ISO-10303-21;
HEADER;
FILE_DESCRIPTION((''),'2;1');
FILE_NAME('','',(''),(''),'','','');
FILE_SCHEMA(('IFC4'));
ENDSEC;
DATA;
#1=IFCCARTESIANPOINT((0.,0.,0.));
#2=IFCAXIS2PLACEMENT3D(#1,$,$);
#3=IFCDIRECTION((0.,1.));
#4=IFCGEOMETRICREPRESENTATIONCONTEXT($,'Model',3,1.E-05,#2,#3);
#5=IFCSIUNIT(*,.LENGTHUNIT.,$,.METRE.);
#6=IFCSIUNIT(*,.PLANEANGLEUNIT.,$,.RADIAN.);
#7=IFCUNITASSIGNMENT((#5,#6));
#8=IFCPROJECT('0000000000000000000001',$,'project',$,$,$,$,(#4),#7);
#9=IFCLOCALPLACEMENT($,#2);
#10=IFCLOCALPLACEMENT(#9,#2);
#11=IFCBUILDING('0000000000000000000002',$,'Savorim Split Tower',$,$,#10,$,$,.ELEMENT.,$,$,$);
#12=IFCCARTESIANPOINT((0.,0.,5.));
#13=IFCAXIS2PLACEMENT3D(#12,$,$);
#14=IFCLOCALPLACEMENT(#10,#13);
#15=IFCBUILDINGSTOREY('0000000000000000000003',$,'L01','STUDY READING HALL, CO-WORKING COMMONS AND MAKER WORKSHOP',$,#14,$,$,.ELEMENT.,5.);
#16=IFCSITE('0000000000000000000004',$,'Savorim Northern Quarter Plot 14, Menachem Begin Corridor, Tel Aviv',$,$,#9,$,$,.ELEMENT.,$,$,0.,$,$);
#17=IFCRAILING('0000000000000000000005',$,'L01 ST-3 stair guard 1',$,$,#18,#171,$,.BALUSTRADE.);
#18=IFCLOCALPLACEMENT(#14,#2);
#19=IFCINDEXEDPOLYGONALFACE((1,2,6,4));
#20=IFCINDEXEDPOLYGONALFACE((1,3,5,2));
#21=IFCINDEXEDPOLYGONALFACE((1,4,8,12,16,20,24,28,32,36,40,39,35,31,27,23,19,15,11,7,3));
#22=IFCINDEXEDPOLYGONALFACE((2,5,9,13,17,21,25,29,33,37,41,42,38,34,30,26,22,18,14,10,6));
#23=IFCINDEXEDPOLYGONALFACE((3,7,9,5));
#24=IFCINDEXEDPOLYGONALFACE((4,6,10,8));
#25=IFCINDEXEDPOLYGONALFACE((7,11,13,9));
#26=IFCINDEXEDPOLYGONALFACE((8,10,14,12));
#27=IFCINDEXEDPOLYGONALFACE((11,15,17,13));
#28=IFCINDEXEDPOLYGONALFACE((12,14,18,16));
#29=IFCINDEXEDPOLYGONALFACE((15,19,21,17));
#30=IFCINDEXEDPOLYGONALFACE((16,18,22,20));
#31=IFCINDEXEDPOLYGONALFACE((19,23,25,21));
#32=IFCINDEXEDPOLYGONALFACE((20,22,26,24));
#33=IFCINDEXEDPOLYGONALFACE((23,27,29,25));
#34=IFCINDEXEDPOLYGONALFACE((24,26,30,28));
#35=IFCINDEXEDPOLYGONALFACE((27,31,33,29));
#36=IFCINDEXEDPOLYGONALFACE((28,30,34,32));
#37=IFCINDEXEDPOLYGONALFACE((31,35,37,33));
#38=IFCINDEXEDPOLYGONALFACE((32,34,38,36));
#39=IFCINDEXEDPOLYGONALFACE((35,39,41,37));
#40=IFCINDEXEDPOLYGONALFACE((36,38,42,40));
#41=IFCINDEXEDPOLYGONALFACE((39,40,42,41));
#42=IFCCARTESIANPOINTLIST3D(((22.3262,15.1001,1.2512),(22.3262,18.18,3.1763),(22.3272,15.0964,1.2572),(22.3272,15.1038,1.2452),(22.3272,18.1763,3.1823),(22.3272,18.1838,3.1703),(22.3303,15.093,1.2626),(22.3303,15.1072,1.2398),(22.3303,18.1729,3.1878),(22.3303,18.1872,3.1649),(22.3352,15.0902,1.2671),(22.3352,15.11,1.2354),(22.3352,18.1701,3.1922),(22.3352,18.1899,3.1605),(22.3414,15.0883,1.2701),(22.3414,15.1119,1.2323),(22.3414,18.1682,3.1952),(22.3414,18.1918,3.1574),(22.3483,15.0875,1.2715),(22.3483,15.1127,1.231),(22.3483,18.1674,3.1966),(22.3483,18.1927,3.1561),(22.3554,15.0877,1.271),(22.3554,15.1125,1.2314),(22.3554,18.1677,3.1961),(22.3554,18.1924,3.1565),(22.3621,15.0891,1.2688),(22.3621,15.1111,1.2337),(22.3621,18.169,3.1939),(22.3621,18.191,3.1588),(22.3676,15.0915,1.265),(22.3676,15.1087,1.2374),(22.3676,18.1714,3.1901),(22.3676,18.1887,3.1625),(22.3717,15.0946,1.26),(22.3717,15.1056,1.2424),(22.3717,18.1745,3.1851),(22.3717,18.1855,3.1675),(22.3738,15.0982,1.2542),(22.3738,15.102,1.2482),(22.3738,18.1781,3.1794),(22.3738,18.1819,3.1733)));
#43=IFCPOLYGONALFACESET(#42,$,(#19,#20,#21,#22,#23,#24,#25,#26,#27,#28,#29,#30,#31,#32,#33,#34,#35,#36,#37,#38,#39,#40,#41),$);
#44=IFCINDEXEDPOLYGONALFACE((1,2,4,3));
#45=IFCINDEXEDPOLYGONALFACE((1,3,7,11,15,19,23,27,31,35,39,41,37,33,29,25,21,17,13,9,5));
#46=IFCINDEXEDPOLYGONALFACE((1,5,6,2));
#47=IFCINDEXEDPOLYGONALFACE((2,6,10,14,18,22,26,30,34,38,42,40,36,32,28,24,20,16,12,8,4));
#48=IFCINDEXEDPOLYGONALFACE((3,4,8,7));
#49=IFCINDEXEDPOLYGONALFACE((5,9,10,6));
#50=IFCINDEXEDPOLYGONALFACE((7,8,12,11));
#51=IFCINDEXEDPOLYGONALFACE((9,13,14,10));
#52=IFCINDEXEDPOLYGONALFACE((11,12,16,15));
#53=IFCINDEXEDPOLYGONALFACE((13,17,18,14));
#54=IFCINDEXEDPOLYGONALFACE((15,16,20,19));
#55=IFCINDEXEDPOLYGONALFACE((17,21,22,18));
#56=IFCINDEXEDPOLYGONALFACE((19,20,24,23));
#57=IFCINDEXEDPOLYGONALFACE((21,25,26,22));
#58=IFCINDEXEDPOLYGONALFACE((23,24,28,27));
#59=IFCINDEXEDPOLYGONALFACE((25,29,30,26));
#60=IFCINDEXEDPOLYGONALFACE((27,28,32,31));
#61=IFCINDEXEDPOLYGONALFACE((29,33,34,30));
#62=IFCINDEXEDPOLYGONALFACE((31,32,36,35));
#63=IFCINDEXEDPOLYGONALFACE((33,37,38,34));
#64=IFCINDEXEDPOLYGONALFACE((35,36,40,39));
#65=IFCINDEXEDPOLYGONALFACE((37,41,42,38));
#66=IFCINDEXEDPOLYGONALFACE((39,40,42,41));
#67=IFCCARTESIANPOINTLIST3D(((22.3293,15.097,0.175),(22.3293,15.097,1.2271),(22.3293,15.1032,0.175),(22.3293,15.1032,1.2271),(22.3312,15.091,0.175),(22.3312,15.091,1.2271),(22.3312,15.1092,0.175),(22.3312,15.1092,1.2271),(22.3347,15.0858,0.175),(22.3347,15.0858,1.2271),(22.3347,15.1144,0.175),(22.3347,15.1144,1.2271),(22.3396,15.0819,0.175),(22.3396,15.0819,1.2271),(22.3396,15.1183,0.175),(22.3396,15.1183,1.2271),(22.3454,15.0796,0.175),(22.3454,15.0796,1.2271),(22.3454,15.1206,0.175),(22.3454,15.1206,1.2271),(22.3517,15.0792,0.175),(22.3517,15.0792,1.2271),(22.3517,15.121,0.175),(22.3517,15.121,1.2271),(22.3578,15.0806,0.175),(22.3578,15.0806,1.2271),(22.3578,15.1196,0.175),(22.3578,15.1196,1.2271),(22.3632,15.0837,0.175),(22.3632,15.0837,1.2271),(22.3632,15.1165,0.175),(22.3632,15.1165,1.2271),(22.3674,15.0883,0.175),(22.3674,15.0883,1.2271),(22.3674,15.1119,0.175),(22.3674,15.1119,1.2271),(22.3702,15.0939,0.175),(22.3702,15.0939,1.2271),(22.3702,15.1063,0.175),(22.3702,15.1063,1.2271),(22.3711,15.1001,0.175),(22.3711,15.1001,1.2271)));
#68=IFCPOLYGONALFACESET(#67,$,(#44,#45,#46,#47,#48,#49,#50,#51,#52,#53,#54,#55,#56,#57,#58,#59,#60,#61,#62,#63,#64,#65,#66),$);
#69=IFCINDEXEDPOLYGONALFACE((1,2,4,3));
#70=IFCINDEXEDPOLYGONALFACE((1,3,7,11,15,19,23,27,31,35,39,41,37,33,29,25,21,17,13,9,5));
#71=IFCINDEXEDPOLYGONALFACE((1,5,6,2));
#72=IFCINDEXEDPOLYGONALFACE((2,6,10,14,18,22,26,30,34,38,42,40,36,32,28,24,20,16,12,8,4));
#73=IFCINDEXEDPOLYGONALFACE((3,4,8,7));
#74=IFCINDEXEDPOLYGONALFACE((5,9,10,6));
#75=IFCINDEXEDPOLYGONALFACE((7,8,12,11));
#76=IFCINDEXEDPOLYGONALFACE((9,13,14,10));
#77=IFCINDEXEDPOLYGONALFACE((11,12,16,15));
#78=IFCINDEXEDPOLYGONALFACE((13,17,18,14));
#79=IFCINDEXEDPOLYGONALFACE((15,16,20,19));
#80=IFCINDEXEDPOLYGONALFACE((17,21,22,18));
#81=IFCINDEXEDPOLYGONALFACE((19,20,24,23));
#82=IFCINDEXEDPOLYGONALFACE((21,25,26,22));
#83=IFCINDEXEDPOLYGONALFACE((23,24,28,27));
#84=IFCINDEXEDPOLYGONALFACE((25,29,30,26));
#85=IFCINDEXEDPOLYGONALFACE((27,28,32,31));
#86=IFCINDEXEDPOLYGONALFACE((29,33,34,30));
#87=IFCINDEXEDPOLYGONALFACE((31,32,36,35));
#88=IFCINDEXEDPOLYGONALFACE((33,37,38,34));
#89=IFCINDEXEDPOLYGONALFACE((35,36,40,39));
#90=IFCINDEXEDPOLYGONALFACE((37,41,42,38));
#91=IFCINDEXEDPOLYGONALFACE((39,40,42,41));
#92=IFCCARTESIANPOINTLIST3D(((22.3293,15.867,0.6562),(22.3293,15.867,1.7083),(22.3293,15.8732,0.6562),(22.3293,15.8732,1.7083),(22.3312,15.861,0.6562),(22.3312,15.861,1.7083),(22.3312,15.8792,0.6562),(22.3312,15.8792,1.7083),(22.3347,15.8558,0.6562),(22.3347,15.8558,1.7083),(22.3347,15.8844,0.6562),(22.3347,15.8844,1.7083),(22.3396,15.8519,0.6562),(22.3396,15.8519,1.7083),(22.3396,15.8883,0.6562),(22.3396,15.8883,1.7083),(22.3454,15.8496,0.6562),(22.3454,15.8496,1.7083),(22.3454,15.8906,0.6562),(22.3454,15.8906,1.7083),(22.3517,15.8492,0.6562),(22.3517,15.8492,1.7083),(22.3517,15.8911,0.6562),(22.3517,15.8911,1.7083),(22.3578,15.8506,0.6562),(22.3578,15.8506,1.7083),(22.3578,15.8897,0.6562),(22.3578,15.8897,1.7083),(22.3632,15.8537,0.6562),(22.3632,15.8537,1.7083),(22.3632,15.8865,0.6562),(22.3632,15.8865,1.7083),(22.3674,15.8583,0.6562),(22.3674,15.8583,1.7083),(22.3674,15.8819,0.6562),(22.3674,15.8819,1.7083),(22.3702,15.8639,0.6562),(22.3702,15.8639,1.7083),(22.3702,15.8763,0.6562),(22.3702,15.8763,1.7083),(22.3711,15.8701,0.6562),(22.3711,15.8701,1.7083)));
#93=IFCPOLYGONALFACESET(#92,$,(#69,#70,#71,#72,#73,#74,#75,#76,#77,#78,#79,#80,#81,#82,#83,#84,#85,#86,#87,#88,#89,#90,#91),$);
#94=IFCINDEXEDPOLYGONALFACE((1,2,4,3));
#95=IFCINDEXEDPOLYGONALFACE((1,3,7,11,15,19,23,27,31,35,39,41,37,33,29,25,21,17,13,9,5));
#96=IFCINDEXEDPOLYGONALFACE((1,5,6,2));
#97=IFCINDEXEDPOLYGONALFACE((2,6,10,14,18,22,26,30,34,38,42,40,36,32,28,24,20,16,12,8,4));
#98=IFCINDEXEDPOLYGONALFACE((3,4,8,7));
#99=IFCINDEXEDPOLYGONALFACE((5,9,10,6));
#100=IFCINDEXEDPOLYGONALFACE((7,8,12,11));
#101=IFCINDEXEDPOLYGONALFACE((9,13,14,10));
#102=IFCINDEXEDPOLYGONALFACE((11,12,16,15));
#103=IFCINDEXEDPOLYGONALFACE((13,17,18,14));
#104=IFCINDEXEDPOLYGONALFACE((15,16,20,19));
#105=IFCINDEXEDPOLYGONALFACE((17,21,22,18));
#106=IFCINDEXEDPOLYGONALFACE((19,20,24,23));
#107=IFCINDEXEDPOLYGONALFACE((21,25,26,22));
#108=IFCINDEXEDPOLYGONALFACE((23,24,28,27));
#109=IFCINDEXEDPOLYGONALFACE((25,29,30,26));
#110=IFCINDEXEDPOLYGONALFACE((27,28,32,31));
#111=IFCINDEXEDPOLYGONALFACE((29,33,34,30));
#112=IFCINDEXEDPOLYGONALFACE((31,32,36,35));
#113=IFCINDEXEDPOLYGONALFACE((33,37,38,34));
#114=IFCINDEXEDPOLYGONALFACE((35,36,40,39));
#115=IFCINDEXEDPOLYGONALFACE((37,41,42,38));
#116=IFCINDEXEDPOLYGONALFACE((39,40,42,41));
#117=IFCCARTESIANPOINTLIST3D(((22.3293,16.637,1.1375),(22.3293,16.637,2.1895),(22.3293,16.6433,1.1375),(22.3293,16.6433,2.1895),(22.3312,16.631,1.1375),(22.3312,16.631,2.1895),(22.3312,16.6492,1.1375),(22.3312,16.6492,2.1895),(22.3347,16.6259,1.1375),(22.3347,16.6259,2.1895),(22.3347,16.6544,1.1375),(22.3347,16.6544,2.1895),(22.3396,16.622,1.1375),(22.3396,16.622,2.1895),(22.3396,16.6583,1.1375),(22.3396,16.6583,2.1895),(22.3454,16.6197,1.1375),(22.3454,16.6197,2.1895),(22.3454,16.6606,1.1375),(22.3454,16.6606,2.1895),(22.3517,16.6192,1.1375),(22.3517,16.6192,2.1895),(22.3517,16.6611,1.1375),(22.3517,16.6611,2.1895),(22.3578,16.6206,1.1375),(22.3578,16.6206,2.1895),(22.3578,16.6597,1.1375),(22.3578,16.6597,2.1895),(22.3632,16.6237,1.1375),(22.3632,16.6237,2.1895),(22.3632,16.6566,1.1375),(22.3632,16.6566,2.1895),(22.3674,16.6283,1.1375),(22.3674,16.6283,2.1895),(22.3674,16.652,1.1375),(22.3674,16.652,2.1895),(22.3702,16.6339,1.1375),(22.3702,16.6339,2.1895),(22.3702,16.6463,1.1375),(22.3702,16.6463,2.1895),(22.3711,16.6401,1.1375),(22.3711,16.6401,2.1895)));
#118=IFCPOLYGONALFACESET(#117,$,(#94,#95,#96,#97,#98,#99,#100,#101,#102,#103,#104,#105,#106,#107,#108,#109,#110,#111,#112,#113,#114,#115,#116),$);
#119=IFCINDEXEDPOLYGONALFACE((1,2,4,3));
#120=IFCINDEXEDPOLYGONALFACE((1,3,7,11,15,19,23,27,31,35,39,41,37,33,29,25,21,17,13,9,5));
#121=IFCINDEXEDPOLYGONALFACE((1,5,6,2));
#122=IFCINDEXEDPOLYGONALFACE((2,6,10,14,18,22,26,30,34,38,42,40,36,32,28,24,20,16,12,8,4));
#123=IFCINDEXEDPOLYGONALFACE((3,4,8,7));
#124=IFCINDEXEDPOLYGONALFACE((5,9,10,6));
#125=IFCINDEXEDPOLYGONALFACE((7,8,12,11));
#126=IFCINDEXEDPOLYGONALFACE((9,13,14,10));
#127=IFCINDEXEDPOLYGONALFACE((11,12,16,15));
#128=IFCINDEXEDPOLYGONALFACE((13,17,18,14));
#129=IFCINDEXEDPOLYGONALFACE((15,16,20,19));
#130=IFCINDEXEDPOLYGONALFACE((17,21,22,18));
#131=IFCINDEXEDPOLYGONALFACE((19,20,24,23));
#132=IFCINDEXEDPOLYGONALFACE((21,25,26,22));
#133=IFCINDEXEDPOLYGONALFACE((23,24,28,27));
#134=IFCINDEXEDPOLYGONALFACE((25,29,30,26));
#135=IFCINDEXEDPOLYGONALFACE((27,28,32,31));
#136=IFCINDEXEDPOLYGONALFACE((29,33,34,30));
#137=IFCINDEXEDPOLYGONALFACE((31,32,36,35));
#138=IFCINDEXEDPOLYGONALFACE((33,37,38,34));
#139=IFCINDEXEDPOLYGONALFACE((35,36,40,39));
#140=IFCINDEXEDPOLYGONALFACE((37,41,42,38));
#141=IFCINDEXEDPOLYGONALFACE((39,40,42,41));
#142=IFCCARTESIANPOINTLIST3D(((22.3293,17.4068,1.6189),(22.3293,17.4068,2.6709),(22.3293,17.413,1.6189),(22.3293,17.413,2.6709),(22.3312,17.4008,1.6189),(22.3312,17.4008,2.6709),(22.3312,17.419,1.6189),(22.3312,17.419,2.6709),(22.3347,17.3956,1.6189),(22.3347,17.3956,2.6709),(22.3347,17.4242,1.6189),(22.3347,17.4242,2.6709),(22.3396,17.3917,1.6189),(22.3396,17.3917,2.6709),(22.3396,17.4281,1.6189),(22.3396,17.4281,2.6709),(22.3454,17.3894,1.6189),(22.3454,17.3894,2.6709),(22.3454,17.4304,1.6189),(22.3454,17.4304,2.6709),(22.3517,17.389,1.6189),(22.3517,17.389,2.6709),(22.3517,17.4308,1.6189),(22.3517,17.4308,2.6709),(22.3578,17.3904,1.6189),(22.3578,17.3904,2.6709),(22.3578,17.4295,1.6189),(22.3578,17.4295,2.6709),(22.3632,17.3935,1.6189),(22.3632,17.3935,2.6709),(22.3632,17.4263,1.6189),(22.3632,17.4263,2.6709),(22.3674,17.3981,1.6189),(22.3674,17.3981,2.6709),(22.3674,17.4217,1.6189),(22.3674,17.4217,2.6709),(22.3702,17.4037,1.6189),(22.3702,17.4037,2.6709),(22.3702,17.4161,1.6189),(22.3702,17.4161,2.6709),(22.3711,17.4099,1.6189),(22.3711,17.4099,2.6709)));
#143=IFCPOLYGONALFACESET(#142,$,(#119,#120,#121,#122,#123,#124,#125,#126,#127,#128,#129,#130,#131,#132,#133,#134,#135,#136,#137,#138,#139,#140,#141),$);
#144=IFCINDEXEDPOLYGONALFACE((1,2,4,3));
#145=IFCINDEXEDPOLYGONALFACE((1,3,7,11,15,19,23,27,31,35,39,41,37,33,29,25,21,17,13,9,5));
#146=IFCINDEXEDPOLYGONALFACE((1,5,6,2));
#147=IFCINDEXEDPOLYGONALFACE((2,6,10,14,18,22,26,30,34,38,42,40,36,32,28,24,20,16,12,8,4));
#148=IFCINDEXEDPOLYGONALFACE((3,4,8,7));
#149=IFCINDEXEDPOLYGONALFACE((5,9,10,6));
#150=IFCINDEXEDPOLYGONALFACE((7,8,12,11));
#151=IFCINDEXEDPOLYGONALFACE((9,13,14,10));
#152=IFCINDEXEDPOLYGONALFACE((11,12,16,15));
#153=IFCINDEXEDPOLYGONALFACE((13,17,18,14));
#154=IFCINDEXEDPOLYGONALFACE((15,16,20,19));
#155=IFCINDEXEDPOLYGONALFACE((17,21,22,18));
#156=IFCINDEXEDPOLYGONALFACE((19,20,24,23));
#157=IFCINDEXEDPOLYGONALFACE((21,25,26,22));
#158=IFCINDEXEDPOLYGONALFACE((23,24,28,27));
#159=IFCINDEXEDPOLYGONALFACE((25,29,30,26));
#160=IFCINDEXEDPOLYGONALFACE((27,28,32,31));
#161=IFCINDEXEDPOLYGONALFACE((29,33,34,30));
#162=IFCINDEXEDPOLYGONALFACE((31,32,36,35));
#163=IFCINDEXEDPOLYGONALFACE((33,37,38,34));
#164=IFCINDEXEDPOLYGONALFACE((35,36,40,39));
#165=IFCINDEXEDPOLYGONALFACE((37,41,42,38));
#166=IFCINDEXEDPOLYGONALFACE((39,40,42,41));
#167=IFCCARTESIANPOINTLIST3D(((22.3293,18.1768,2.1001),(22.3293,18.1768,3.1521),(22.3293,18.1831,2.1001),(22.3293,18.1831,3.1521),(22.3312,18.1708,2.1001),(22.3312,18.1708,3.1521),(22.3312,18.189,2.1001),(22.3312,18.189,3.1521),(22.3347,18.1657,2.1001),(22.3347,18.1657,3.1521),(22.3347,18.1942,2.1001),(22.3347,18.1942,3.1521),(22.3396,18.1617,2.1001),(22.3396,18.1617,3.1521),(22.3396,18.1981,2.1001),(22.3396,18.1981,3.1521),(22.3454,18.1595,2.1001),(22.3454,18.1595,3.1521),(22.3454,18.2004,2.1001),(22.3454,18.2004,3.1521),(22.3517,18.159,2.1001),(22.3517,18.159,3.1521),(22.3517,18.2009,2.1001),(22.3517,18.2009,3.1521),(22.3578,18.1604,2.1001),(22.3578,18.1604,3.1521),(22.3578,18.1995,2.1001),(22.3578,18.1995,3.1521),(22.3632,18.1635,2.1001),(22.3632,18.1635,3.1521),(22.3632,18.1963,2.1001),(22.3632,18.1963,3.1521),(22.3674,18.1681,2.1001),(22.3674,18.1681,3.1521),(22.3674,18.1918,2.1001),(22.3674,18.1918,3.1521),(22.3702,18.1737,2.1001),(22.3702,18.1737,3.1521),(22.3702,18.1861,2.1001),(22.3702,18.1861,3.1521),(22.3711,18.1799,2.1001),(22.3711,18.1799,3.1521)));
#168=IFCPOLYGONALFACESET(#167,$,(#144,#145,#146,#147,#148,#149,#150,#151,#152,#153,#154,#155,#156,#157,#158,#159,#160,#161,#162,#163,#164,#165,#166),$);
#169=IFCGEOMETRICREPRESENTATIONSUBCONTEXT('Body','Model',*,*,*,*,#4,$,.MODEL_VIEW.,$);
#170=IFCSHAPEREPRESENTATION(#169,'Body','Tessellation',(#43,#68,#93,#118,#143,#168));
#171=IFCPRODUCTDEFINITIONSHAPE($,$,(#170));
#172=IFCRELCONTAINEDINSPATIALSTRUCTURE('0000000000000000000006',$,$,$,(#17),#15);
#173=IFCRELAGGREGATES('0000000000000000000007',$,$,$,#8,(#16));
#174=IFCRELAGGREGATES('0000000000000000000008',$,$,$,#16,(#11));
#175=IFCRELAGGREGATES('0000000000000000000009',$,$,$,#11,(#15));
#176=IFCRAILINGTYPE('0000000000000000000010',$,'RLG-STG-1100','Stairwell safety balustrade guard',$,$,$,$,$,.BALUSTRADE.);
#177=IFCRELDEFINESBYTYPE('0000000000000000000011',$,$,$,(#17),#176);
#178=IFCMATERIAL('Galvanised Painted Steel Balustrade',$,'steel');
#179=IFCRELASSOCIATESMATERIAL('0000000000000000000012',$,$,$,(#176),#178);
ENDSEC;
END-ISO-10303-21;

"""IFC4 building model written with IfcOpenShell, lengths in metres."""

from ifc_helpers import new_model, si_unit, direction, frame, origin, origin_2d, place, context, subcontext, project, spatial, circle, extrude, material, type_object, element, save


model = new_model("IFC4")

# Units and contexts
model_context = context("Model", 3, precision=1e-05, world=origin(), true_north=direction((0.0, 1.0)))
body_context = subcontext(model_context, "Body", "Model", "MODEL_VIEW")
ifc_project = project(units=[si_unit("LENGTHUNIT", "METRE"), si_unit("PLANEANGLEUNIT", "RADIAN")], contexts=[model_context])

# Site, building, storey
site_placement = place(None, origin())
site = spatial("IfcSite", under=ifc_project, at=site_placement, Name="Savorim Northern Quarter Plot 14, Menachem Begin Corridor, Tel Aviv", CompositionType="ELEMENT", RefElevation=0.0)
building_placement = place(site_placement, origin())
building = spatial("IfcBuilding", under=site, at=building_placement, Name="Savorim Split Tower", CompositionType="ELEMENT")
storey_placement = place(building_placement, frame((0.0, 0.0, 5.0)))
storey = spatial("IfcBuildingStorey", under=building, at=storey_placement, Name="L01", Description="STUDY READING HALL, CO-WORKING COMMONS AND MAKER WORKSHOP", CompositionType="ELEMENT", Elevation=5.0)

# Railing
ifc_material_1 = material(Name="Galvanised Painted Steel Balustrade", Category="steel")
railing_type_1 = type_object("IfcRailingType", Name="RLG-STG-1100", Description="Stairwell safety balustrade guard", PredefinedType="BALUSTRADE", material=ifc_material_1)
railing_1_placement = place(storey_placement, frame((22.3501, 15.1001, 0.175)))
element("IfcRailing", 1, at=railing_1_placement, inside=storey, type_object=railing_type_1, Name="L01 ST-3 stair guard 1", PredefinedType="BALUSTRADE", context=body_context, shape_type="SweptSolid", body=[
    extrude(circle(Radius=0.0239, at=origin_2d()), frame((0.0, 0.0, 1.0762), z_axis=(0.0, 0.847979, 0.530029), x_axis=(-1.0, 0.0, 0.0)), (0.0, 0.0, 1.0), 3.6321),
    extrude(circle(Radius=0.021, at=origin_2d()), origin(), (0.0, 0.0, 1.0), 1.052),
    extrude(circle(Radius=0.021, at=origin_2d()), frame((0.0, 0.77, 0.4812)), (0.0, 0.0, 1.0), 1.052),
    extrude(circle(Radius=0.021, at=origin_2d()), frame((0.0, 1.54, 0.9624)), (0.0, 0.0, 1.0), 1.052),
    extrude(circle(Radius=0.021, at=origin_2d()), frame((0.0, 2.3098, 1.4438)), (0.0, 0.0, 1.0), 1.052),
    extrude(circle(Radius=0.021, at=origin_2d()), frame((0.0, 3.0798, 1.925)), (0.0, 0.0, 1.0), 1.052),
])

save(model, "model.ifc")
